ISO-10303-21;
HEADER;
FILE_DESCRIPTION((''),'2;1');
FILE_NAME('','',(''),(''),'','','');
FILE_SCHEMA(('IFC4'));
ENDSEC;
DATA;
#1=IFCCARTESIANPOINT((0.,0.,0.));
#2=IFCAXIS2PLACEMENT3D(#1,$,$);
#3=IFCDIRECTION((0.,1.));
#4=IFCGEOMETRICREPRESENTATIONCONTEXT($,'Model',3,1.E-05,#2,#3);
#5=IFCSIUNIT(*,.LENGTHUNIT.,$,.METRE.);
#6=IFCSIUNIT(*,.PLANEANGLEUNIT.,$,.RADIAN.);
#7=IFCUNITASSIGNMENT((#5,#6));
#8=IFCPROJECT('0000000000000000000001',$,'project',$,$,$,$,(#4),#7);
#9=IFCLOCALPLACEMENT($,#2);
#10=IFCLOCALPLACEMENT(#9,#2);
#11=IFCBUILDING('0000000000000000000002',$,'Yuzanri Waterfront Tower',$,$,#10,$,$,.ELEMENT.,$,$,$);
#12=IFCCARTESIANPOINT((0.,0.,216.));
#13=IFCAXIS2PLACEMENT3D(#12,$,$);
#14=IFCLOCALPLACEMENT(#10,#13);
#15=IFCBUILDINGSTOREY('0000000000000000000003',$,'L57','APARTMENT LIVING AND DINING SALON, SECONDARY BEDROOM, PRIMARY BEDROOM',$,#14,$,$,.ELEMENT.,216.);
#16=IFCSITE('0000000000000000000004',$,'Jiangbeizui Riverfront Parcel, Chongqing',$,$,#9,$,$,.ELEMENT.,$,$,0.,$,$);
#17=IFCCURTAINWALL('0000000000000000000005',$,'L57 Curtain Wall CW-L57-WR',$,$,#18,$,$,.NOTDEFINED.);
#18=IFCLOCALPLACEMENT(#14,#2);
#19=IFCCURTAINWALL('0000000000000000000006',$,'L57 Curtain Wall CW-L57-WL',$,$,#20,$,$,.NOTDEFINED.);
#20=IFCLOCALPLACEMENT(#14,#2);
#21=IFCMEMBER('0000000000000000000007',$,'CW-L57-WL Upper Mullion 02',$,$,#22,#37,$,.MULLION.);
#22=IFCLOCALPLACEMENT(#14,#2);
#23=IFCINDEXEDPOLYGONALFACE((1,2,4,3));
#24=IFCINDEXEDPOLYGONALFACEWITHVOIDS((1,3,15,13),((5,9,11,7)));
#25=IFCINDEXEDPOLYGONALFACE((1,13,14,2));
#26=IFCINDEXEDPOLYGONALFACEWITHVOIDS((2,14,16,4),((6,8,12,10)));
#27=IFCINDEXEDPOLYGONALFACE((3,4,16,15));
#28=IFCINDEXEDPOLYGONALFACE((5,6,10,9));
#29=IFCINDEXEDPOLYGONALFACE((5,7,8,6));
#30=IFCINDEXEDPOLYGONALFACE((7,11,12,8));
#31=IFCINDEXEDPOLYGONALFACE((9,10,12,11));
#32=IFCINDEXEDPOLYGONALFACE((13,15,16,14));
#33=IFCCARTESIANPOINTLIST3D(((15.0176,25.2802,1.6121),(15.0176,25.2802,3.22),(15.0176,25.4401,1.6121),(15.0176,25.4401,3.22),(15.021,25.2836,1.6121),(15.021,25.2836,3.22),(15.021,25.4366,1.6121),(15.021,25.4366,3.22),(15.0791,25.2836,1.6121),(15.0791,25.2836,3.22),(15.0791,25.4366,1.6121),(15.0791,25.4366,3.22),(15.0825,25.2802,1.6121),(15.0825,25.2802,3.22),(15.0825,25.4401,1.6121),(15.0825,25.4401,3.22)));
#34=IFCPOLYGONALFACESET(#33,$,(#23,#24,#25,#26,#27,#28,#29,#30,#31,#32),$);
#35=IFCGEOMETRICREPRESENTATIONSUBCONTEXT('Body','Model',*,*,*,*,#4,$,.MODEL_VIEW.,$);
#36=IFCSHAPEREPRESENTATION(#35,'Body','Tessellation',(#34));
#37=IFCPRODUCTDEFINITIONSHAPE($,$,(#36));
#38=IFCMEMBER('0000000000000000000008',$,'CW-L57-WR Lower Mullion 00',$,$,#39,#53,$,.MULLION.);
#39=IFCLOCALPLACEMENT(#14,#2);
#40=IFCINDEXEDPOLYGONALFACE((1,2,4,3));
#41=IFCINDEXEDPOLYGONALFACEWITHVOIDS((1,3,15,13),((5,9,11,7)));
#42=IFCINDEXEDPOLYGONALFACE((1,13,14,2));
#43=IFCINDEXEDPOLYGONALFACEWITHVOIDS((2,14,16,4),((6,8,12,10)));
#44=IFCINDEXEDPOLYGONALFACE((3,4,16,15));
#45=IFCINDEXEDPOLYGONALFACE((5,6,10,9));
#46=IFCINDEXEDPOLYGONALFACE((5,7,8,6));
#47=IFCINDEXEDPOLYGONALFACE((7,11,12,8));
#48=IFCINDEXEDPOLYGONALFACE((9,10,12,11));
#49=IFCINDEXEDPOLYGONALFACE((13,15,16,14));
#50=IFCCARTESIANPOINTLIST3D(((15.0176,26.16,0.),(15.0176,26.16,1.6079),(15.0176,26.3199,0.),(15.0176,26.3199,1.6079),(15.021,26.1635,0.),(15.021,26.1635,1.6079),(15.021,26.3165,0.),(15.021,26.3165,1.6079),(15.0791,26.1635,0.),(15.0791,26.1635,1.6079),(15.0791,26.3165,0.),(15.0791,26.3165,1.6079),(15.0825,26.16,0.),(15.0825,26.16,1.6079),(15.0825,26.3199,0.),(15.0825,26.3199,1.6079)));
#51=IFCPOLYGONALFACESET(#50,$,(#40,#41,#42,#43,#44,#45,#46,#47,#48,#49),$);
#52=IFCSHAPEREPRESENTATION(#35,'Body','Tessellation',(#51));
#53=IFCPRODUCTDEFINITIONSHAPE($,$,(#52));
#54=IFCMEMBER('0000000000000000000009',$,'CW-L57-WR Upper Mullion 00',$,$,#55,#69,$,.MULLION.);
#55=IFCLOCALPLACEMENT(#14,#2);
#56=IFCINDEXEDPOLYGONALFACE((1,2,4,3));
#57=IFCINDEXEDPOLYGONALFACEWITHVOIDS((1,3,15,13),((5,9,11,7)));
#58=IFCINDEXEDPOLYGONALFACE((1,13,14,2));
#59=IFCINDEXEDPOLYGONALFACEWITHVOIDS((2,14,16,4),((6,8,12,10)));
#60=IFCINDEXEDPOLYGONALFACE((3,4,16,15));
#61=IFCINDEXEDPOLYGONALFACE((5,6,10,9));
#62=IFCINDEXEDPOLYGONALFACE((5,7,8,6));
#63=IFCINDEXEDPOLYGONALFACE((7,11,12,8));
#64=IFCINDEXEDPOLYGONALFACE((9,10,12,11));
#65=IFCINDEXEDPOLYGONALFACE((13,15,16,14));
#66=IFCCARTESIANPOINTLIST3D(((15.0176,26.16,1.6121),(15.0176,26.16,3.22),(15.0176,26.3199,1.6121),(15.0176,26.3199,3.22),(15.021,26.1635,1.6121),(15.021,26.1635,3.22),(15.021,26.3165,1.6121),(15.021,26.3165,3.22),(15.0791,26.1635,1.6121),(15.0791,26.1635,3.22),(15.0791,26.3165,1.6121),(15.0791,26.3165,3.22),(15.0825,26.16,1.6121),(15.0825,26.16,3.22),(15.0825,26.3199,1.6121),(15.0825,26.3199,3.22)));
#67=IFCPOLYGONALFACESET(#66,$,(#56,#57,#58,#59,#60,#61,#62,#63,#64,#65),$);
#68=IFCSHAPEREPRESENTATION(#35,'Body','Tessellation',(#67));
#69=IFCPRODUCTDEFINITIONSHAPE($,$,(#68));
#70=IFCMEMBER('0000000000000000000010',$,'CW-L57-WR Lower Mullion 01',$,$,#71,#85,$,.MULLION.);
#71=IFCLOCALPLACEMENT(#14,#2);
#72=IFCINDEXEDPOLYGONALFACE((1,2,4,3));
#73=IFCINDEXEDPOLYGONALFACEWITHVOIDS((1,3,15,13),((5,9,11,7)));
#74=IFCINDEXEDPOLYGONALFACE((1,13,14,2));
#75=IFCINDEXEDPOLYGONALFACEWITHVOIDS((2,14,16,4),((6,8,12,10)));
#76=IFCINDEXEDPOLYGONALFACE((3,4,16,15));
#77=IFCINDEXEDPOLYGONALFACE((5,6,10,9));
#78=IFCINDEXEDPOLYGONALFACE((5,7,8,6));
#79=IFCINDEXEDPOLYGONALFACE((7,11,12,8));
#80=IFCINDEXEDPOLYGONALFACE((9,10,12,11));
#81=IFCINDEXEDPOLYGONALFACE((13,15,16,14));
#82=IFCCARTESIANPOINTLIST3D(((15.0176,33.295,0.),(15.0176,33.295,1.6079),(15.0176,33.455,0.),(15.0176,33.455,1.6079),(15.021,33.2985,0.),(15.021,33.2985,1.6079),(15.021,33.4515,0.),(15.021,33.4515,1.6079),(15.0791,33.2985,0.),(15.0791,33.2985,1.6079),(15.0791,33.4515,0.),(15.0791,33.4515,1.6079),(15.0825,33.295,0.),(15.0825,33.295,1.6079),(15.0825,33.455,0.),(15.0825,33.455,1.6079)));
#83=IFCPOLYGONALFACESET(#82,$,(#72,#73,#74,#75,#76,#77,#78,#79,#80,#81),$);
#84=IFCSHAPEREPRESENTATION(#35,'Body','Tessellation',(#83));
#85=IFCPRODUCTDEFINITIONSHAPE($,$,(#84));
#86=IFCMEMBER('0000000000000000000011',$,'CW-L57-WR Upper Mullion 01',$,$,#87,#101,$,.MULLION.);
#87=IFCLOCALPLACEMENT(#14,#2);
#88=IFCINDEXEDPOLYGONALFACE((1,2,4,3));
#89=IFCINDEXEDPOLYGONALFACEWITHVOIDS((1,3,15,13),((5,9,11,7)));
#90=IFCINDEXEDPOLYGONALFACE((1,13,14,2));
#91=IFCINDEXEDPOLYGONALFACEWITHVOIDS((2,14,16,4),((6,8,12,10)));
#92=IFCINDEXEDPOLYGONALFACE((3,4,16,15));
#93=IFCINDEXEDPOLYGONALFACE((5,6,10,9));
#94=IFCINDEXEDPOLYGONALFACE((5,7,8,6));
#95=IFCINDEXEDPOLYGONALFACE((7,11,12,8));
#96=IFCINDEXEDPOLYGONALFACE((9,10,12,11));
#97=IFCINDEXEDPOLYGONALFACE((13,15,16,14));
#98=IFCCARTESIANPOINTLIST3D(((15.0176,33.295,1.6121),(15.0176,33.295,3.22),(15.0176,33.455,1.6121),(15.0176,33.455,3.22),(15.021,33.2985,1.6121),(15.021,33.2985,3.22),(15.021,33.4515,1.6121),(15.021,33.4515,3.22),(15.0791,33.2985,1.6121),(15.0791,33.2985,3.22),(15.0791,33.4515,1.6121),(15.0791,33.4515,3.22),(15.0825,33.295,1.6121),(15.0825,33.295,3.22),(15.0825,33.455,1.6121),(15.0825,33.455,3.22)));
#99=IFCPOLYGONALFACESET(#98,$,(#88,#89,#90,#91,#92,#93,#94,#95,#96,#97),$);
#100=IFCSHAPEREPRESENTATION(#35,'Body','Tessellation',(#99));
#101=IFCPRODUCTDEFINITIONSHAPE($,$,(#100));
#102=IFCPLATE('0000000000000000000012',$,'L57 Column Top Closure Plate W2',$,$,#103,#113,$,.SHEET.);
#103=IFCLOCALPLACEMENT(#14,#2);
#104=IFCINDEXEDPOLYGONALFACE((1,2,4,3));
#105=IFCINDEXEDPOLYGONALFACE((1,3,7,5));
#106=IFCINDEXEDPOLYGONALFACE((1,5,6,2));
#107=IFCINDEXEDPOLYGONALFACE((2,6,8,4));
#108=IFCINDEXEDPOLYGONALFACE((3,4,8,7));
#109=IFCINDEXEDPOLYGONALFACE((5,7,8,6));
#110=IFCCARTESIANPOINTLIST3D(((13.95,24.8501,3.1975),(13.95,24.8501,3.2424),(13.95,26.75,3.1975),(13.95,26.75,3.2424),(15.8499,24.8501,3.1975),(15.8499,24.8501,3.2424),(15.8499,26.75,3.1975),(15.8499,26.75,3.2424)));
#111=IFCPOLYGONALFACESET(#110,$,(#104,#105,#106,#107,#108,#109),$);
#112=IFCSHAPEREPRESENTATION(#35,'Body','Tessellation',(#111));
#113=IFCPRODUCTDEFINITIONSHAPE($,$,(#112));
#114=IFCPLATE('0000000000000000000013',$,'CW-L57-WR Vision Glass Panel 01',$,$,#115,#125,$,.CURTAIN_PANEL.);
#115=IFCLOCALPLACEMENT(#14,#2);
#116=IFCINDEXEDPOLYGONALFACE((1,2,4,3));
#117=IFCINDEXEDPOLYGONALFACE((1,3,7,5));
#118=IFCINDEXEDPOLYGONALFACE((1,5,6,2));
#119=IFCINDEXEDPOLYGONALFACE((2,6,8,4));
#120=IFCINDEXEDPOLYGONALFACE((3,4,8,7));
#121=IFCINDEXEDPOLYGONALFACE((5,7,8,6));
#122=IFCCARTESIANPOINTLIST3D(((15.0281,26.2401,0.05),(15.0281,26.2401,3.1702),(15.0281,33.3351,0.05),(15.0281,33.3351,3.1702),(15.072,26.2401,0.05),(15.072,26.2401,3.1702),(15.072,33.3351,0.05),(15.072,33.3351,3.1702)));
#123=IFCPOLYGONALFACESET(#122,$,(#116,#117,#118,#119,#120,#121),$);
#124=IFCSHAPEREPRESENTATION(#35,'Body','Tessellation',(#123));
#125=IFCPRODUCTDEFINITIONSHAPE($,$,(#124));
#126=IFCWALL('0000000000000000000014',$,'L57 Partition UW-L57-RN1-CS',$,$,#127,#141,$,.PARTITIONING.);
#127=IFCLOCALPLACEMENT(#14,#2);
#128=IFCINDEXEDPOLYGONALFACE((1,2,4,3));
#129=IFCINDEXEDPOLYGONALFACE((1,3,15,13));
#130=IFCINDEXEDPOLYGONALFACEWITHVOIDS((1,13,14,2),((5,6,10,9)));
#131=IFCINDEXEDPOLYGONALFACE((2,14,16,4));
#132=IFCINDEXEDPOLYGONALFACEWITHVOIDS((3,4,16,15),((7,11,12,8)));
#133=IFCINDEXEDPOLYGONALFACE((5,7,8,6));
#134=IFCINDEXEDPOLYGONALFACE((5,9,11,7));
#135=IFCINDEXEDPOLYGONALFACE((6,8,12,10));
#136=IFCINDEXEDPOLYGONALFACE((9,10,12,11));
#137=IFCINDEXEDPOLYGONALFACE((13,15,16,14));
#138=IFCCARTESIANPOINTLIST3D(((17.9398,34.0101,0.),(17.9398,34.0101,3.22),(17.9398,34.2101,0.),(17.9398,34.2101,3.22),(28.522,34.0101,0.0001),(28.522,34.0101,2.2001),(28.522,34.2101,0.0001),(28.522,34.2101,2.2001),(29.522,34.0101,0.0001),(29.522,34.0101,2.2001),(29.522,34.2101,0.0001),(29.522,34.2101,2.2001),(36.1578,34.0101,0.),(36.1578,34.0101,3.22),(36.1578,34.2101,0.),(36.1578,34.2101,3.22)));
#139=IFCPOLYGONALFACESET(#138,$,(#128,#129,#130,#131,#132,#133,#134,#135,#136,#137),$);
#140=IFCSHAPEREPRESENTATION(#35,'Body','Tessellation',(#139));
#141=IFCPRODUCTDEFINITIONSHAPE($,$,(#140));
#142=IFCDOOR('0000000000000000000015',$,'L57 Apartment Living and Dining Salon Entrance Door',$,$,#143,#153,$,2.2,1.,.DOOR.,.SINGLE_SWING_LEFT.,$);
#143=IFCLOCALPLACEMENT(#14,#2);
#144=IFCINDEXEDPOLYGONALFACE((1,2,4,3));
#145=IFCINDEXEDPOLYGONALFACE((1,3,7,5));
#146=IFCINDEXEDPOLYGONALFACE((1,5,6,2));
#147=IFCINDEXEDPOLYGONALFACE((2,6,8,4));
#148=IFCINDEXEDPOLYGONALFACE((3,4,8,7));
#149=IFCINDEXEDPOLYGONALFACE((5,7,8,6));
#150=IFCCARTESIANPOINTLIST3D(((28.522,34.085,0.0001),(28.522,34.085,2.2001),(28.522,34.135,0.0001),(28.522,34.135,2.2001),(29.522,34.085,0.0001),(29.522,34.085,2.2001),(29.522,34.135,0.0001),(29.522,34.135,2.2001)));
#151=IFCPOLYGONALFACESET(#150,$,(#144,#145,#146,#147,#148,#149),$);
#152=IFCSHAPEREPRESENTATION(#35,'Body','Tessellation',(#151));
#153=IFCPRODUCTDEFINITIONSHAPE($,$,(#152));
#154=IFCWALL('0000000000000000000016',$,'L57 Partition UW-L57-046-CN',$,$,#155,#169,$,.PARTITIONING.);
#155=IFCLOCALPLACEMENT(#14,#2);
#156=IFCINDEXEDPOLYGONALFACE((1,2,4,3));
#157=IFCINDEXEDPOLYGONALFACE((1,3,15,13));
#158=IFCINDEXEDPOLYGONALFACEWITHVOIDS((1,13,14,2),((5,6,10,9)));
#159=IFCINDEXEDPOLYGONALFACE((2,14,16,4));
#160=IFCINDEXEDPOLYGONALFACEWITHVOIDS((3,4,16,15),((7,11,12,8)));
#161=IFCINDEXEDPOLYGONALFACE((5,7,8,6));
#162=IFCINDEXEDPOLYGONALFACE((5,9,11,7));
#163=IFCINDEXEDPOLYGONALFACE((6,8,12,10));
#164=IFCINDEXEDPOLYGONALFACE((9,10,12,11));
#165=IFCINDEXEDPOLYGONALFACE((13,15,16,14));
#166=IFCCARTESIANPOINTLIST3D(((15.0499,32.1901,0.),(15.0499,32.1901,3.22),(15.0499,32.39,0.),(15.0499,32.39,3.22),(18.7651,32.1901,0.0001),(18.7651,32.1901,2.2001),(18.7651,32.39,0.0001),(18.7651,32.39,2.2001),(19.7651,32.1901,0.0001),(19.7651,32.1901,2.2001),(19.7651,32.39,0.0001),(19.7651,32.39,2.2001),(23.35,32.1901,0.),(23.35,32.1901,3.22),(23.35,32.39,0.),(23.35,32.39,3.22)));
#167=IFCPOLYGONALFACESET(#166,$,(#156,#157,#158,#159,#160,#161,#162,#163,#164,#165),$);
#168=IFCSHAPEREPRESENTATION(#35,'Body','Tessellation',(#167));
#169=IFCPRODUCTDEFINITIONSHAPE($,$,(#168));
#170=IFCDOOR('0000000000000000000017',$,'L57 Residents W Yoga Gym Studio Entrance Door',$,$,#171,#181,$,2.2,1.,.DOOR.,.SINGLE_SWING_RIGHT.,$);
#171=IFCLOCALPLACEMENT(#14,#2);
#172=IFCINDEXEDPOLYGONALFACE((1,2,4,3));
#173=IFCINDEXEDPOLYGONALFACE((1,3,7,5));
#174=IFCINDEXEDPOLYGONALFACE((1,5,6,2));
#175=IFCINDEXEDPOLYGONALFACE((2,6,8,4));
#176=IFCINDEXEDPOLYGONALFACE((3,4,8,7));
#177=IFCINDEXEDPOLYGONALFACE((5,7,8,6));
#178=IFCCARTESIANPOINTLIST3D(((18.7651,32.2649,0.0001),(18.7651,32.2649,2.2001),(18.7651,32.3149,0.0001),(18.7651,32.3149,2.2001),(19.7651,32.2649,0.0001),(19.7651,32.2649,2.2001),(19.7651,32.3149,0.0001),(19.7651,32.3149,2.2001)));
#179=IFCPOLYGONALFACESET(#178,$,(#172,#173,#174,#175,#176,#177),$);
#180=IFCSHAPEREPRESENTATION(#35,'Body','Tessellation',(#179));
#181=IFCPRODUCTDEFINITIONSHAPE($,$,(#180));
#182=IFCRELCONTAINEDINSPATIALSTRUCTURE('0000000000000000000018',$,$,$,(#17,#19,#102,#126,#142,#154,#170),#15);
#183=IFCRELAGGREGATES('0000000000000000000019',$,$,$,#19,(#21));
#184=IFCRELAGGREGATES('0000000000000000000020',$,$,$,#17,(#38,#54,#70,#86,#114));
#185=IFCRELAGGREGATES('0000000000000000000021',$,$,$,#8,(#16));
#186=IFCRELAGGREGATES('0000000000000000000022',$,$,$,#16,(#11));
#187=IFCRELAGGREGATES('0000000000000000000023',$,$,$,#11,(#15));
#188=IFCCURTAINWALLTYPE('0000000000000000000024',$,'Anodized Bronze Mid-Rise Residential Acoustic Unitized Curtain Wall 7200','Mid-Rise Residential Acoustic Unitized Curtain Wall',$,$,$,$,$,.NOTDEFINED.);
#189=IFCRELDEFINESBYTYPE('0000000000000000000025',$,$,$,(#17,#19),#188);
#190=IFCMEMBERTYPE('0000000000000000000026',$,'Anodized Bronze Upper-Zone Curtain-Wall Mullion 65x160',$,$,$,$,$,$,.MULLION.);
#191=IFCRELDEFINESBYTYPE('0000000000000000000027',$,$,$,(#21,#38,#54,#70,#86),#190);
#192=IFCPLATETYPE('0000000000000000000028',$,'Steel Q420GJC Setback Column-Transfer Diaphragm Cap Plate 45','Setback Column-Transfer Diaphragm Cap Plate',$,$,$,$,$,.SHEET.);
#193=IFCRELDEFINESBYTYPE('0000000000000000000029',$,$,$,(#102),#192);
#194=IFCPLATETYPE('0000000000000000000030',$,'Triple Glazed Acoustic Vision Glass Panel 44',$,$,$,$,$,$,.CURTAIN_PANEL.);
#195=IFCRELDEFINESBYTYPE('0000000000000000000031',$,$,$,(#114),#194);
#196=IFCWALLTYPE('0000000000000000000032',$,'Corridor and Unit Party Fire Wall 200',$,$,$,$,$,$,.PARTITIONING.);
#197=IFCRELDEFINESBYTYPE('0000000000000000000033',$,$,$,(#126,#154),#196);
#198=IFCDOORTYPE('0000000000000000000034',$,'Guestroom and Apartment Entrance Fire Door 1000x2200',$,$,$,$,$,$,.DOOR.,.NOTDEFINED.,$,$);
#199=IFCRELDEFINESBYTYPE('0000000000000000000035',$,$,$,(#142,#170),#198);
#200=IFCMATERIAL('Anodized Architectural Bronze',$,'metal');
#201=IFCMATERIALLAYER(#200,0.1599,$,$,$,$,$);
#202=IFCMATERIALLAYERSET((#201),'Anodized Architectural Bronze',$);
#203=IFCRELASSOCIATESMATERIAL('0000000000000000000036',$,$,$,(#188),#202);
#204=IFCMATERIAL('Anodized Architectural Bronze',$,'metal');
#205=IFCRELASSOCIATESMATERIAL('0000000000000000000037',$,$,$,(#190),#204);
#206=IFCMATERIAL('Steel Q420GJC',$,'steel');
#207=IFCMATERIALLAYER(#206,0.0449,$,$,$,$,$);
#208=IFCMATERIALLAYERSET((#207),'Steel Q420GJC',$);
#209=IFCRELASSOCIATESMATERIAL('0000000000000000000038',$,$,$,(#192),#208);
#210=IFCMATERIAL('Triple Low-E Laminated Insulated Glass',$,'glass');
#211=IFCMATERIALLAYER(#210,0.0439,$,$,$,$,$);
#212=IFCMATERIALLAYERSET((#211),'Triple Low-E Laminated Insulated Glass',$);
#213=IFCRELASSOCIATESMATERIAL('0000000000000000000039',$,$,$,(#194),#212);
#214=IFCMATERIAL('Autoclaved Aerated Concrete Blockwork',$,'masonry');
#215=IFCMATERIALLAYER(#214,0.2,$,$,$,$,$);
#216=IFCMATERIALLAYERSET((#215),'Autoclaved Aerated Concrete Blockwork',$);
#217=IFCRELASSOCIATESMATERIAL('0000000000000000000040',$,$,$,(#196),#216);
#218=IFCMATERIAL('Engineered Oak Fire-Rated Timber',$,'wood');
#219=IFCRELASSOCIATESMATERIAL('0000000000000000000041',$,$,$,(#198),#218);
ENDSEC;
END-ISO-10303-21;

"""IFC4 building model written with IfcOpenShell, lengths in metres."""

from ifc_helpers import new_model, si_unit, direction, frame, frame_2d, origin, origin_2d, place, context, subcontext, project, spatial, rectangle, hollow_rectangle, extrude, source, transform, mapped, material, layer, layer_set, material_profile, profile_set, type_object, element, fill, aggregate, save


model = new_model("IFC4")

# Units and contexts
model_context = context("Model", 3, precision=1e-05, world=origin(), true_north=direction((0.0, 1.0)))
body_context = subcontext(model_context, "Body", "Model", "MODEL_VIEW")
ifc_project = project(units=[si_unit("LENGTHUNIT", "METRE"), si_unit("PLANEANGLEUNIT", "RADIAN")], contexts=[model_context])

# Site, building, storey
site_placement = place(None, origin())
site = spatial("IfcSite", under=ifc_project, at=site_placement, Name="Jiangbeizui Riverfront Parcel, Chongqing", CompositionType="ELEMENT", RefElevation=0.0)
building_placement = place(site_placement, origin())
building = spatial("IfcBuilding", under=site, at=building_placement, Name="Yuzanri Waterfront Tower", CompositionType="ELEMENT")
storey_placement = place(building_placement, frame((0.0, 0.0, 216.0)))
storey = spatial("IfcBuildingStorey", under=building, at=storey_placement, Name="L57", Description="APARTMENT LIVING AND DINING SALON, SECONDARY BEDROOM, PRIMARY BEDROOM", CompositionType="ELEMENT", Elevation=216.0)

# Curtain wall
ifc_material_1 = material(Name="Anodized Architectural Bronze", Category="metal")
ifc_layer_1 = layer(ifc_material_1, 0.1599)
ifc_layer_set_1 = layer_set([ifc_layer_1], Name="Anodized Architectural Bronze")
curtain_wall_type = type_object("IfcCurtainWallType", Name="Anodized Bronze Mid-Rise Residential Acoustic Unitized Curtain Wall 7200", Description="Mid-Rise Residential Acoustic Unitized Curtain Wall", PredefinedType="NOTDEFINED", material=ifc_layer_set_1)
curtain_wall_1_placement = place(storey_placement, origin())
curtain_wall_1 = element("IfcCurtainWall", 1, at=curtain_wall_1_placement, inside=storey, type_object=curtain_wall_type, Name="L57 Curtain Wall CW-L57-WR", PredefinedType="NOTDEFINED")

# Curtain wall, member
curtain_wall_2_placement = place(storey_placement, origin())
curtain_wall_2 = element("IfcCurtainWall", 2, at=curtain_wall_2_placement, inside=storey, type_object=curtain_wall_type, Name="L57 Curtain Wall CW-L57-WL", PredefinedType="NOTDEFINED")
ifc_material_2 = material(Name="Anodized Architectural Bronze", Category="metal")
ifc_material_profile_1 = material_profile(ifc_material_2, hollow_rectangle(XDim=0.0649, YDim=0.1599, WallThickness=0.0034, at=origin_2d()), Name="CWM 65x160")
ifc_profile_set_1 = profile_set([ifc_material_profile_1], Name="Anodized Architectural Bronze")
member_type_1 = type_object("IfcMemberType", Name="Anodized Bronze Upper-Zone Curtain-Wall Mullion 65x160", PredefinedType="MULLION", material=ifc_profile_set_1)
shared_shape_1 = source(origin(), body_context, "Body", "SweptSolid", [
    extrude(hollow_rectangle(XDim=0.0649, YDim=0.1599, WallThickness=0.0034, at=origin_2d()), origin(), (0.0, 0.0, 1.0), 1.6079),
])
member_1_placement = place(storey_placement, frame((15.05, 25.3601, 1.6121), z_axis=(0.0, 0.0, 1.0), x_axis=(1.0, 0.0, 0.0)))
member_1 = element("IfcMember", 3, at=member_1_placement, type_object=member_type_1, Name="CW-L57-WL Upper Mullion 02", PredefinedType="MULLION", context=body_context, shape_type="MappedRepresentation", body=[
    mapped(shared_shape_1, transform((0.0, 0.0, 0.0), scale=1.0)),
])
aggregate(curtain_wall_2, [member_1])

# Members
member_2_placement = place(storey_placement, frame((15.05, 26.24, 0.0), z_axis=(0.0, 0.0, 1.0), x_axis=(1.0, 0.0, 0.0)))
member_2 = element("IfcMember", 4, at=member_2_placement, type_object=member_type_1, Name="CW-L57-WR Lower Mullion 00", PredefinedType="MULLION", context=body_context, shape_type="MappedRepresentation", body=[
    mapped(shared_shape_1, transform((0.0, 0.0, 0.0), scale=1.0)),
])
member_3_placement = place(storey_placement, frame((15.05, 26.24, 1.6121), z_axis=(0.0, 0.0, 1.0), x_axis=(1.0, 0.0, 0.0)))
member_3 = element("IfcMember", 5, at=member_3_placement, type_object=member_type_1, Name="CW-L57-WR Upper Mullion 00", PredefinedType="MULLION", context=body_context, shape_type="MappedRepresentation", body=[
    mapped(shared_shape_1, transform((0.0, 0.0, 0.0), scale=1.0)),
])
member_4_placement = place(storey_placement, frame((15.05, 33.375, 0.0), z_axis=(0.0, 0.0, 1.0), x_axis=(1.0, 0.0, 0.0)))
member_4 = element("IfcMember", 6, at=member_4_placement, type_object=member_type_1, Name="CW-L57-WR Lower Mullion 01", PredefinedType="MULLION", context=body_context, shape_type="MappedRepresentation", body=[
    mapped(shared_shape_1, transform((0.0, 0.0, 0.0), scale=1.0)),
])
member_5_placement = place(storey_placement, frame((15.05, 33.375, 1.6121), z_axis=(0.0, 0.0, 1.0), x_axis=(1.0, 0.0, 0.0)))
member_5 = element("IfcMember", 7, at=member_5_placement, type_object=member_type_1, Name="CW-L57-WR Upper Mullion 01", PredefinedType="MULLION", context=body_context, shape_type="MappedRepresentation", body=[
    mapped(shared_shape_1, transform((0.0, 0.0, 0.0), scale=1.0)),
])

# Plates
ifc_material_3 = material(Name="Steel Q420GJC", Category="steel")
ifc_layer_2 = layer(ifc_material_3, 0.0449)
ifc_layer_set_2 = layer_set([ifc_layer_2], Name="Steel Q420GJC")
plate_type_1 = type_object("IfcPlateType", Name="Steel Q420GJC Setback Column-Transfer Diaphragm Cap Plate 45", Description="Setback Column-Transfer Diaphragm Cap Plate", PredefinedType="SHEET", material=ifc_layer_set_2)
shared_shape_2 = source(origin(), body_context, "Body", "SweptSolid", [
    extrude(rectangle(XDim=1.8999, YDim=1.8999, at=origin_2d()), origin(), (0.0, 0.0, 1.0), 0.0449),
])
plate_1_placement = place(storey_placement, frame((14.8999, 25.8, 3.1975), z_axis=(0.0, 0.0, 1.0), x_axis=(1.0, 0.0, 0.0)))
element("IfcPlate", 8, at=plate_1_placement, inside=storey, type_object=plate_type_1, Name="L57 Column Top Closure Plate W2", PredefinedType="SHEET", context=body_context, shape_type="MappedRepresentation", body=[
    mapped(shared_shape_2, transform((0.0, 0.0, 0.0), scale=1.0)),
])
ifc_material_4 = material(Name="Triple Low-E Laminated Insulated Glass", Category="glass")
ifc_layer_3 = layer(ifc_material_4, 0.0439)
ifc_layer_set_3 = layer_set([ifc_layer_3], Name="Triple Low-E Laminated Insulated Glass")
plate_type_2 = type_object("IfcPlateType", Name="Triple Glazed Acoustic Vision Glass Panel 44", PredefinedType="CURTAIN_PANEL", material=ifc_layer_set_3)
shared_shape_3 = source(origin(), body_context, "Body", "SweptSolid", [
    extrude(rectangle(XDim=7.095, YDim=0.0439, at=origin_2d()), origin(), (0.0, 0.0, 1.0), 3.1201),
])
plate_2_placement = place(storey_placement, frame((15.05, 29.7876, 0.05), z_axis=(0.0, 0.0, 1.0), x_axis=(0.0, 1.0, 0.0)))
plate_2 = element("IfcPlate", 9, at=plate_2_placement, type_object=plate_type_2, Name="CW-L57-WR Vision Glass Panel 01", PredefinedType="CURTAIN_PANEL", context=body_context, shape_type="MappedRepresentation", body=[
    mapped(shared_shape_3, transform((0.0, 0.0, 0.0), scale=1.0)),
])
aggregate(curtain_wall_1, [member_2, member_3, member_4, member_5, plate_2])

# Walls, openings, doors
ifc_material_5 = material(Name="Autoclaved Aerated Concrete Blockwork", Category="masonry")
ifc_layer_4 = layer(ifc_material_5, 0.2)
ifc_layer_set_4 = layer_set([ifc_layer_4], Name="Autoclaved Aerated Concrete Blockwork")
wall_type_1 = type_object("IfcWallType", Name="Corridor and Unit Party Fire Wall 200", PredefinedType="PARTITIONING", material=ifc_layer_set_4)
wall_1_placement = place(storey_placement, frame((17.9399, 34.1101, 0.0), z_axis=(0.0, 0.0, 1.0), x_axis=(1.0, 0.0, 0.0)))
wall_1 = element("IfcWall", 10, at=wall_1_placement, inside=storey, type_object=wall_type_1, Name="L57 Partition UW-L57-RN1-CS", PredefinedType="PARTITIONING", context=body_context, shape_type="SweptSolid", body=[
    extrude(rectangle(XDim=18.218, YDim=0.2, at=frame_2d((9.1089, 0.0))), origin(), (0.0, 0.0, 1.0), 3.22),
])
opening_1_placement = place(wall_1_placement, frame((10.582, 0.0, 0.0)))
opening_1 = element("IfcOpeningElement", 11, at=opening_1_placement, cuts=wall_1, PredefinedType="OPENING", context=body_context, shape_type="SweptSolid", body=[
    extrude(rectangle(XDim=1.0, YDim=2.2, at=frame_2d((0.5, 1.1001))), frame((0.0, 0.1147, 0.0), z_axis=(0.0, -1.0, 0.0), x_axis=(1.0, 0.0, 0.0)), (0.0, 0.0, 1.0), 0.2297),
])
ifc_material_6 = material(Name="Engineered Oak Fire-Rated Timber", Category="wood")
door_type_1 = type_object("IfcDoorType", Name="Guestroom and Apartment Entrance Fire Door 1000x2200", OperationType="NOTDEFINED", PredefinedType="DOOR", material=ifc_material_6)
shared_shape_4 = source(origin(), body_context, "Body", "SweptSolid", [
    extrude(rectangle(XDim=1.0, YDim=2.2, at=frame_2d((0.5, 1.1001))), frame((0.0, 0.0249, 0.0), z_axis=(0.0, -1.0, 0.0), x_axis=(1.0, 0.0, 0.0)), (0.0, 0.0, 1.0), 0.05),
])
door_1_placement = place(opening_1_placement, origin())
door_1 = element("IfcDoor", 12, at=door_1_placement, inside=storey, type_object=door_type_1, Name="L57 Apartment Living and Dining Salon Entrance Door", OperationType="SINGLE_SWING_LEFT", OverallHeight=2.2, OverallWidth=1.0, PredefinedType="DOOR", context=body_context, shape_type="MappedRepresentation", body=[
    mapped(shared_shape_4, transform((0.0, 0.0, 0.0), scale=1.0)),
])
fill(opening_1, door_1)
wall_2_placement = place(storey_placement, frame((15.05, 32.29, 0.0), z_axis=(0.0, 0.0, 1.0), x_axis=(1.0, 0.0, 0.0)))
wall_2 = element("IfcWall", 13, at=wall_2_placement, inside=storey, type_object=wall_type_1, Name="L57 Partition UW-L57-046-CN", PredefinedType="PARTITIONING", context=body_context, shape_type="SweptSolid", body=[
    extrude(rectangle(XDim=8.3, YDim=0.2, at=frame_2d((4.1499, 0.0))), origin(), (0.0, 0.0, 1.0), 3.22),
])
opening_2_placement = place(wall_2_placement, frame((3.7151, 0.0, 0.0)))
opening_2 = element("IfcOpeningElement", 14, at=opening_2_placement, cuts=wall_2, PredefinedType="OPENING", context=body_context, shape_type="SweptSolid", body=[
    extrude(rectangle(XDim=1.0, YDim=2.2, at=frame_2d((0.5, 1.1001))), frame((0.0, 0.1147, 0.0), z_axis=(0.0, -1.0, 0.0), x_axis=(1.0, 0.0, 0.0)), (0.0, 0.0, 1.0), 0.2297),
])
door_2_placement = place(opening_2_placement, origin())
door_2 = element("IfcDoor", 15, at=door_2_placement, inside=storey, type_object=door_type_1, Name="L57 Residents W Yoga Gym Studio Entrance Door", OperationType="SINGLE_SWING_RIGHT", OverallHeight=2.2, OverallWidth=1.0, PredefinedType="DOOR", context=body_context, shape_type="MappedRepresentation", body=[
    mapped(shared_shape_4, transform((0.0, 0.0, 0.0), scale=1.0)),
])
fill(opening_2, door_2)

save(model, "model.ifc")
